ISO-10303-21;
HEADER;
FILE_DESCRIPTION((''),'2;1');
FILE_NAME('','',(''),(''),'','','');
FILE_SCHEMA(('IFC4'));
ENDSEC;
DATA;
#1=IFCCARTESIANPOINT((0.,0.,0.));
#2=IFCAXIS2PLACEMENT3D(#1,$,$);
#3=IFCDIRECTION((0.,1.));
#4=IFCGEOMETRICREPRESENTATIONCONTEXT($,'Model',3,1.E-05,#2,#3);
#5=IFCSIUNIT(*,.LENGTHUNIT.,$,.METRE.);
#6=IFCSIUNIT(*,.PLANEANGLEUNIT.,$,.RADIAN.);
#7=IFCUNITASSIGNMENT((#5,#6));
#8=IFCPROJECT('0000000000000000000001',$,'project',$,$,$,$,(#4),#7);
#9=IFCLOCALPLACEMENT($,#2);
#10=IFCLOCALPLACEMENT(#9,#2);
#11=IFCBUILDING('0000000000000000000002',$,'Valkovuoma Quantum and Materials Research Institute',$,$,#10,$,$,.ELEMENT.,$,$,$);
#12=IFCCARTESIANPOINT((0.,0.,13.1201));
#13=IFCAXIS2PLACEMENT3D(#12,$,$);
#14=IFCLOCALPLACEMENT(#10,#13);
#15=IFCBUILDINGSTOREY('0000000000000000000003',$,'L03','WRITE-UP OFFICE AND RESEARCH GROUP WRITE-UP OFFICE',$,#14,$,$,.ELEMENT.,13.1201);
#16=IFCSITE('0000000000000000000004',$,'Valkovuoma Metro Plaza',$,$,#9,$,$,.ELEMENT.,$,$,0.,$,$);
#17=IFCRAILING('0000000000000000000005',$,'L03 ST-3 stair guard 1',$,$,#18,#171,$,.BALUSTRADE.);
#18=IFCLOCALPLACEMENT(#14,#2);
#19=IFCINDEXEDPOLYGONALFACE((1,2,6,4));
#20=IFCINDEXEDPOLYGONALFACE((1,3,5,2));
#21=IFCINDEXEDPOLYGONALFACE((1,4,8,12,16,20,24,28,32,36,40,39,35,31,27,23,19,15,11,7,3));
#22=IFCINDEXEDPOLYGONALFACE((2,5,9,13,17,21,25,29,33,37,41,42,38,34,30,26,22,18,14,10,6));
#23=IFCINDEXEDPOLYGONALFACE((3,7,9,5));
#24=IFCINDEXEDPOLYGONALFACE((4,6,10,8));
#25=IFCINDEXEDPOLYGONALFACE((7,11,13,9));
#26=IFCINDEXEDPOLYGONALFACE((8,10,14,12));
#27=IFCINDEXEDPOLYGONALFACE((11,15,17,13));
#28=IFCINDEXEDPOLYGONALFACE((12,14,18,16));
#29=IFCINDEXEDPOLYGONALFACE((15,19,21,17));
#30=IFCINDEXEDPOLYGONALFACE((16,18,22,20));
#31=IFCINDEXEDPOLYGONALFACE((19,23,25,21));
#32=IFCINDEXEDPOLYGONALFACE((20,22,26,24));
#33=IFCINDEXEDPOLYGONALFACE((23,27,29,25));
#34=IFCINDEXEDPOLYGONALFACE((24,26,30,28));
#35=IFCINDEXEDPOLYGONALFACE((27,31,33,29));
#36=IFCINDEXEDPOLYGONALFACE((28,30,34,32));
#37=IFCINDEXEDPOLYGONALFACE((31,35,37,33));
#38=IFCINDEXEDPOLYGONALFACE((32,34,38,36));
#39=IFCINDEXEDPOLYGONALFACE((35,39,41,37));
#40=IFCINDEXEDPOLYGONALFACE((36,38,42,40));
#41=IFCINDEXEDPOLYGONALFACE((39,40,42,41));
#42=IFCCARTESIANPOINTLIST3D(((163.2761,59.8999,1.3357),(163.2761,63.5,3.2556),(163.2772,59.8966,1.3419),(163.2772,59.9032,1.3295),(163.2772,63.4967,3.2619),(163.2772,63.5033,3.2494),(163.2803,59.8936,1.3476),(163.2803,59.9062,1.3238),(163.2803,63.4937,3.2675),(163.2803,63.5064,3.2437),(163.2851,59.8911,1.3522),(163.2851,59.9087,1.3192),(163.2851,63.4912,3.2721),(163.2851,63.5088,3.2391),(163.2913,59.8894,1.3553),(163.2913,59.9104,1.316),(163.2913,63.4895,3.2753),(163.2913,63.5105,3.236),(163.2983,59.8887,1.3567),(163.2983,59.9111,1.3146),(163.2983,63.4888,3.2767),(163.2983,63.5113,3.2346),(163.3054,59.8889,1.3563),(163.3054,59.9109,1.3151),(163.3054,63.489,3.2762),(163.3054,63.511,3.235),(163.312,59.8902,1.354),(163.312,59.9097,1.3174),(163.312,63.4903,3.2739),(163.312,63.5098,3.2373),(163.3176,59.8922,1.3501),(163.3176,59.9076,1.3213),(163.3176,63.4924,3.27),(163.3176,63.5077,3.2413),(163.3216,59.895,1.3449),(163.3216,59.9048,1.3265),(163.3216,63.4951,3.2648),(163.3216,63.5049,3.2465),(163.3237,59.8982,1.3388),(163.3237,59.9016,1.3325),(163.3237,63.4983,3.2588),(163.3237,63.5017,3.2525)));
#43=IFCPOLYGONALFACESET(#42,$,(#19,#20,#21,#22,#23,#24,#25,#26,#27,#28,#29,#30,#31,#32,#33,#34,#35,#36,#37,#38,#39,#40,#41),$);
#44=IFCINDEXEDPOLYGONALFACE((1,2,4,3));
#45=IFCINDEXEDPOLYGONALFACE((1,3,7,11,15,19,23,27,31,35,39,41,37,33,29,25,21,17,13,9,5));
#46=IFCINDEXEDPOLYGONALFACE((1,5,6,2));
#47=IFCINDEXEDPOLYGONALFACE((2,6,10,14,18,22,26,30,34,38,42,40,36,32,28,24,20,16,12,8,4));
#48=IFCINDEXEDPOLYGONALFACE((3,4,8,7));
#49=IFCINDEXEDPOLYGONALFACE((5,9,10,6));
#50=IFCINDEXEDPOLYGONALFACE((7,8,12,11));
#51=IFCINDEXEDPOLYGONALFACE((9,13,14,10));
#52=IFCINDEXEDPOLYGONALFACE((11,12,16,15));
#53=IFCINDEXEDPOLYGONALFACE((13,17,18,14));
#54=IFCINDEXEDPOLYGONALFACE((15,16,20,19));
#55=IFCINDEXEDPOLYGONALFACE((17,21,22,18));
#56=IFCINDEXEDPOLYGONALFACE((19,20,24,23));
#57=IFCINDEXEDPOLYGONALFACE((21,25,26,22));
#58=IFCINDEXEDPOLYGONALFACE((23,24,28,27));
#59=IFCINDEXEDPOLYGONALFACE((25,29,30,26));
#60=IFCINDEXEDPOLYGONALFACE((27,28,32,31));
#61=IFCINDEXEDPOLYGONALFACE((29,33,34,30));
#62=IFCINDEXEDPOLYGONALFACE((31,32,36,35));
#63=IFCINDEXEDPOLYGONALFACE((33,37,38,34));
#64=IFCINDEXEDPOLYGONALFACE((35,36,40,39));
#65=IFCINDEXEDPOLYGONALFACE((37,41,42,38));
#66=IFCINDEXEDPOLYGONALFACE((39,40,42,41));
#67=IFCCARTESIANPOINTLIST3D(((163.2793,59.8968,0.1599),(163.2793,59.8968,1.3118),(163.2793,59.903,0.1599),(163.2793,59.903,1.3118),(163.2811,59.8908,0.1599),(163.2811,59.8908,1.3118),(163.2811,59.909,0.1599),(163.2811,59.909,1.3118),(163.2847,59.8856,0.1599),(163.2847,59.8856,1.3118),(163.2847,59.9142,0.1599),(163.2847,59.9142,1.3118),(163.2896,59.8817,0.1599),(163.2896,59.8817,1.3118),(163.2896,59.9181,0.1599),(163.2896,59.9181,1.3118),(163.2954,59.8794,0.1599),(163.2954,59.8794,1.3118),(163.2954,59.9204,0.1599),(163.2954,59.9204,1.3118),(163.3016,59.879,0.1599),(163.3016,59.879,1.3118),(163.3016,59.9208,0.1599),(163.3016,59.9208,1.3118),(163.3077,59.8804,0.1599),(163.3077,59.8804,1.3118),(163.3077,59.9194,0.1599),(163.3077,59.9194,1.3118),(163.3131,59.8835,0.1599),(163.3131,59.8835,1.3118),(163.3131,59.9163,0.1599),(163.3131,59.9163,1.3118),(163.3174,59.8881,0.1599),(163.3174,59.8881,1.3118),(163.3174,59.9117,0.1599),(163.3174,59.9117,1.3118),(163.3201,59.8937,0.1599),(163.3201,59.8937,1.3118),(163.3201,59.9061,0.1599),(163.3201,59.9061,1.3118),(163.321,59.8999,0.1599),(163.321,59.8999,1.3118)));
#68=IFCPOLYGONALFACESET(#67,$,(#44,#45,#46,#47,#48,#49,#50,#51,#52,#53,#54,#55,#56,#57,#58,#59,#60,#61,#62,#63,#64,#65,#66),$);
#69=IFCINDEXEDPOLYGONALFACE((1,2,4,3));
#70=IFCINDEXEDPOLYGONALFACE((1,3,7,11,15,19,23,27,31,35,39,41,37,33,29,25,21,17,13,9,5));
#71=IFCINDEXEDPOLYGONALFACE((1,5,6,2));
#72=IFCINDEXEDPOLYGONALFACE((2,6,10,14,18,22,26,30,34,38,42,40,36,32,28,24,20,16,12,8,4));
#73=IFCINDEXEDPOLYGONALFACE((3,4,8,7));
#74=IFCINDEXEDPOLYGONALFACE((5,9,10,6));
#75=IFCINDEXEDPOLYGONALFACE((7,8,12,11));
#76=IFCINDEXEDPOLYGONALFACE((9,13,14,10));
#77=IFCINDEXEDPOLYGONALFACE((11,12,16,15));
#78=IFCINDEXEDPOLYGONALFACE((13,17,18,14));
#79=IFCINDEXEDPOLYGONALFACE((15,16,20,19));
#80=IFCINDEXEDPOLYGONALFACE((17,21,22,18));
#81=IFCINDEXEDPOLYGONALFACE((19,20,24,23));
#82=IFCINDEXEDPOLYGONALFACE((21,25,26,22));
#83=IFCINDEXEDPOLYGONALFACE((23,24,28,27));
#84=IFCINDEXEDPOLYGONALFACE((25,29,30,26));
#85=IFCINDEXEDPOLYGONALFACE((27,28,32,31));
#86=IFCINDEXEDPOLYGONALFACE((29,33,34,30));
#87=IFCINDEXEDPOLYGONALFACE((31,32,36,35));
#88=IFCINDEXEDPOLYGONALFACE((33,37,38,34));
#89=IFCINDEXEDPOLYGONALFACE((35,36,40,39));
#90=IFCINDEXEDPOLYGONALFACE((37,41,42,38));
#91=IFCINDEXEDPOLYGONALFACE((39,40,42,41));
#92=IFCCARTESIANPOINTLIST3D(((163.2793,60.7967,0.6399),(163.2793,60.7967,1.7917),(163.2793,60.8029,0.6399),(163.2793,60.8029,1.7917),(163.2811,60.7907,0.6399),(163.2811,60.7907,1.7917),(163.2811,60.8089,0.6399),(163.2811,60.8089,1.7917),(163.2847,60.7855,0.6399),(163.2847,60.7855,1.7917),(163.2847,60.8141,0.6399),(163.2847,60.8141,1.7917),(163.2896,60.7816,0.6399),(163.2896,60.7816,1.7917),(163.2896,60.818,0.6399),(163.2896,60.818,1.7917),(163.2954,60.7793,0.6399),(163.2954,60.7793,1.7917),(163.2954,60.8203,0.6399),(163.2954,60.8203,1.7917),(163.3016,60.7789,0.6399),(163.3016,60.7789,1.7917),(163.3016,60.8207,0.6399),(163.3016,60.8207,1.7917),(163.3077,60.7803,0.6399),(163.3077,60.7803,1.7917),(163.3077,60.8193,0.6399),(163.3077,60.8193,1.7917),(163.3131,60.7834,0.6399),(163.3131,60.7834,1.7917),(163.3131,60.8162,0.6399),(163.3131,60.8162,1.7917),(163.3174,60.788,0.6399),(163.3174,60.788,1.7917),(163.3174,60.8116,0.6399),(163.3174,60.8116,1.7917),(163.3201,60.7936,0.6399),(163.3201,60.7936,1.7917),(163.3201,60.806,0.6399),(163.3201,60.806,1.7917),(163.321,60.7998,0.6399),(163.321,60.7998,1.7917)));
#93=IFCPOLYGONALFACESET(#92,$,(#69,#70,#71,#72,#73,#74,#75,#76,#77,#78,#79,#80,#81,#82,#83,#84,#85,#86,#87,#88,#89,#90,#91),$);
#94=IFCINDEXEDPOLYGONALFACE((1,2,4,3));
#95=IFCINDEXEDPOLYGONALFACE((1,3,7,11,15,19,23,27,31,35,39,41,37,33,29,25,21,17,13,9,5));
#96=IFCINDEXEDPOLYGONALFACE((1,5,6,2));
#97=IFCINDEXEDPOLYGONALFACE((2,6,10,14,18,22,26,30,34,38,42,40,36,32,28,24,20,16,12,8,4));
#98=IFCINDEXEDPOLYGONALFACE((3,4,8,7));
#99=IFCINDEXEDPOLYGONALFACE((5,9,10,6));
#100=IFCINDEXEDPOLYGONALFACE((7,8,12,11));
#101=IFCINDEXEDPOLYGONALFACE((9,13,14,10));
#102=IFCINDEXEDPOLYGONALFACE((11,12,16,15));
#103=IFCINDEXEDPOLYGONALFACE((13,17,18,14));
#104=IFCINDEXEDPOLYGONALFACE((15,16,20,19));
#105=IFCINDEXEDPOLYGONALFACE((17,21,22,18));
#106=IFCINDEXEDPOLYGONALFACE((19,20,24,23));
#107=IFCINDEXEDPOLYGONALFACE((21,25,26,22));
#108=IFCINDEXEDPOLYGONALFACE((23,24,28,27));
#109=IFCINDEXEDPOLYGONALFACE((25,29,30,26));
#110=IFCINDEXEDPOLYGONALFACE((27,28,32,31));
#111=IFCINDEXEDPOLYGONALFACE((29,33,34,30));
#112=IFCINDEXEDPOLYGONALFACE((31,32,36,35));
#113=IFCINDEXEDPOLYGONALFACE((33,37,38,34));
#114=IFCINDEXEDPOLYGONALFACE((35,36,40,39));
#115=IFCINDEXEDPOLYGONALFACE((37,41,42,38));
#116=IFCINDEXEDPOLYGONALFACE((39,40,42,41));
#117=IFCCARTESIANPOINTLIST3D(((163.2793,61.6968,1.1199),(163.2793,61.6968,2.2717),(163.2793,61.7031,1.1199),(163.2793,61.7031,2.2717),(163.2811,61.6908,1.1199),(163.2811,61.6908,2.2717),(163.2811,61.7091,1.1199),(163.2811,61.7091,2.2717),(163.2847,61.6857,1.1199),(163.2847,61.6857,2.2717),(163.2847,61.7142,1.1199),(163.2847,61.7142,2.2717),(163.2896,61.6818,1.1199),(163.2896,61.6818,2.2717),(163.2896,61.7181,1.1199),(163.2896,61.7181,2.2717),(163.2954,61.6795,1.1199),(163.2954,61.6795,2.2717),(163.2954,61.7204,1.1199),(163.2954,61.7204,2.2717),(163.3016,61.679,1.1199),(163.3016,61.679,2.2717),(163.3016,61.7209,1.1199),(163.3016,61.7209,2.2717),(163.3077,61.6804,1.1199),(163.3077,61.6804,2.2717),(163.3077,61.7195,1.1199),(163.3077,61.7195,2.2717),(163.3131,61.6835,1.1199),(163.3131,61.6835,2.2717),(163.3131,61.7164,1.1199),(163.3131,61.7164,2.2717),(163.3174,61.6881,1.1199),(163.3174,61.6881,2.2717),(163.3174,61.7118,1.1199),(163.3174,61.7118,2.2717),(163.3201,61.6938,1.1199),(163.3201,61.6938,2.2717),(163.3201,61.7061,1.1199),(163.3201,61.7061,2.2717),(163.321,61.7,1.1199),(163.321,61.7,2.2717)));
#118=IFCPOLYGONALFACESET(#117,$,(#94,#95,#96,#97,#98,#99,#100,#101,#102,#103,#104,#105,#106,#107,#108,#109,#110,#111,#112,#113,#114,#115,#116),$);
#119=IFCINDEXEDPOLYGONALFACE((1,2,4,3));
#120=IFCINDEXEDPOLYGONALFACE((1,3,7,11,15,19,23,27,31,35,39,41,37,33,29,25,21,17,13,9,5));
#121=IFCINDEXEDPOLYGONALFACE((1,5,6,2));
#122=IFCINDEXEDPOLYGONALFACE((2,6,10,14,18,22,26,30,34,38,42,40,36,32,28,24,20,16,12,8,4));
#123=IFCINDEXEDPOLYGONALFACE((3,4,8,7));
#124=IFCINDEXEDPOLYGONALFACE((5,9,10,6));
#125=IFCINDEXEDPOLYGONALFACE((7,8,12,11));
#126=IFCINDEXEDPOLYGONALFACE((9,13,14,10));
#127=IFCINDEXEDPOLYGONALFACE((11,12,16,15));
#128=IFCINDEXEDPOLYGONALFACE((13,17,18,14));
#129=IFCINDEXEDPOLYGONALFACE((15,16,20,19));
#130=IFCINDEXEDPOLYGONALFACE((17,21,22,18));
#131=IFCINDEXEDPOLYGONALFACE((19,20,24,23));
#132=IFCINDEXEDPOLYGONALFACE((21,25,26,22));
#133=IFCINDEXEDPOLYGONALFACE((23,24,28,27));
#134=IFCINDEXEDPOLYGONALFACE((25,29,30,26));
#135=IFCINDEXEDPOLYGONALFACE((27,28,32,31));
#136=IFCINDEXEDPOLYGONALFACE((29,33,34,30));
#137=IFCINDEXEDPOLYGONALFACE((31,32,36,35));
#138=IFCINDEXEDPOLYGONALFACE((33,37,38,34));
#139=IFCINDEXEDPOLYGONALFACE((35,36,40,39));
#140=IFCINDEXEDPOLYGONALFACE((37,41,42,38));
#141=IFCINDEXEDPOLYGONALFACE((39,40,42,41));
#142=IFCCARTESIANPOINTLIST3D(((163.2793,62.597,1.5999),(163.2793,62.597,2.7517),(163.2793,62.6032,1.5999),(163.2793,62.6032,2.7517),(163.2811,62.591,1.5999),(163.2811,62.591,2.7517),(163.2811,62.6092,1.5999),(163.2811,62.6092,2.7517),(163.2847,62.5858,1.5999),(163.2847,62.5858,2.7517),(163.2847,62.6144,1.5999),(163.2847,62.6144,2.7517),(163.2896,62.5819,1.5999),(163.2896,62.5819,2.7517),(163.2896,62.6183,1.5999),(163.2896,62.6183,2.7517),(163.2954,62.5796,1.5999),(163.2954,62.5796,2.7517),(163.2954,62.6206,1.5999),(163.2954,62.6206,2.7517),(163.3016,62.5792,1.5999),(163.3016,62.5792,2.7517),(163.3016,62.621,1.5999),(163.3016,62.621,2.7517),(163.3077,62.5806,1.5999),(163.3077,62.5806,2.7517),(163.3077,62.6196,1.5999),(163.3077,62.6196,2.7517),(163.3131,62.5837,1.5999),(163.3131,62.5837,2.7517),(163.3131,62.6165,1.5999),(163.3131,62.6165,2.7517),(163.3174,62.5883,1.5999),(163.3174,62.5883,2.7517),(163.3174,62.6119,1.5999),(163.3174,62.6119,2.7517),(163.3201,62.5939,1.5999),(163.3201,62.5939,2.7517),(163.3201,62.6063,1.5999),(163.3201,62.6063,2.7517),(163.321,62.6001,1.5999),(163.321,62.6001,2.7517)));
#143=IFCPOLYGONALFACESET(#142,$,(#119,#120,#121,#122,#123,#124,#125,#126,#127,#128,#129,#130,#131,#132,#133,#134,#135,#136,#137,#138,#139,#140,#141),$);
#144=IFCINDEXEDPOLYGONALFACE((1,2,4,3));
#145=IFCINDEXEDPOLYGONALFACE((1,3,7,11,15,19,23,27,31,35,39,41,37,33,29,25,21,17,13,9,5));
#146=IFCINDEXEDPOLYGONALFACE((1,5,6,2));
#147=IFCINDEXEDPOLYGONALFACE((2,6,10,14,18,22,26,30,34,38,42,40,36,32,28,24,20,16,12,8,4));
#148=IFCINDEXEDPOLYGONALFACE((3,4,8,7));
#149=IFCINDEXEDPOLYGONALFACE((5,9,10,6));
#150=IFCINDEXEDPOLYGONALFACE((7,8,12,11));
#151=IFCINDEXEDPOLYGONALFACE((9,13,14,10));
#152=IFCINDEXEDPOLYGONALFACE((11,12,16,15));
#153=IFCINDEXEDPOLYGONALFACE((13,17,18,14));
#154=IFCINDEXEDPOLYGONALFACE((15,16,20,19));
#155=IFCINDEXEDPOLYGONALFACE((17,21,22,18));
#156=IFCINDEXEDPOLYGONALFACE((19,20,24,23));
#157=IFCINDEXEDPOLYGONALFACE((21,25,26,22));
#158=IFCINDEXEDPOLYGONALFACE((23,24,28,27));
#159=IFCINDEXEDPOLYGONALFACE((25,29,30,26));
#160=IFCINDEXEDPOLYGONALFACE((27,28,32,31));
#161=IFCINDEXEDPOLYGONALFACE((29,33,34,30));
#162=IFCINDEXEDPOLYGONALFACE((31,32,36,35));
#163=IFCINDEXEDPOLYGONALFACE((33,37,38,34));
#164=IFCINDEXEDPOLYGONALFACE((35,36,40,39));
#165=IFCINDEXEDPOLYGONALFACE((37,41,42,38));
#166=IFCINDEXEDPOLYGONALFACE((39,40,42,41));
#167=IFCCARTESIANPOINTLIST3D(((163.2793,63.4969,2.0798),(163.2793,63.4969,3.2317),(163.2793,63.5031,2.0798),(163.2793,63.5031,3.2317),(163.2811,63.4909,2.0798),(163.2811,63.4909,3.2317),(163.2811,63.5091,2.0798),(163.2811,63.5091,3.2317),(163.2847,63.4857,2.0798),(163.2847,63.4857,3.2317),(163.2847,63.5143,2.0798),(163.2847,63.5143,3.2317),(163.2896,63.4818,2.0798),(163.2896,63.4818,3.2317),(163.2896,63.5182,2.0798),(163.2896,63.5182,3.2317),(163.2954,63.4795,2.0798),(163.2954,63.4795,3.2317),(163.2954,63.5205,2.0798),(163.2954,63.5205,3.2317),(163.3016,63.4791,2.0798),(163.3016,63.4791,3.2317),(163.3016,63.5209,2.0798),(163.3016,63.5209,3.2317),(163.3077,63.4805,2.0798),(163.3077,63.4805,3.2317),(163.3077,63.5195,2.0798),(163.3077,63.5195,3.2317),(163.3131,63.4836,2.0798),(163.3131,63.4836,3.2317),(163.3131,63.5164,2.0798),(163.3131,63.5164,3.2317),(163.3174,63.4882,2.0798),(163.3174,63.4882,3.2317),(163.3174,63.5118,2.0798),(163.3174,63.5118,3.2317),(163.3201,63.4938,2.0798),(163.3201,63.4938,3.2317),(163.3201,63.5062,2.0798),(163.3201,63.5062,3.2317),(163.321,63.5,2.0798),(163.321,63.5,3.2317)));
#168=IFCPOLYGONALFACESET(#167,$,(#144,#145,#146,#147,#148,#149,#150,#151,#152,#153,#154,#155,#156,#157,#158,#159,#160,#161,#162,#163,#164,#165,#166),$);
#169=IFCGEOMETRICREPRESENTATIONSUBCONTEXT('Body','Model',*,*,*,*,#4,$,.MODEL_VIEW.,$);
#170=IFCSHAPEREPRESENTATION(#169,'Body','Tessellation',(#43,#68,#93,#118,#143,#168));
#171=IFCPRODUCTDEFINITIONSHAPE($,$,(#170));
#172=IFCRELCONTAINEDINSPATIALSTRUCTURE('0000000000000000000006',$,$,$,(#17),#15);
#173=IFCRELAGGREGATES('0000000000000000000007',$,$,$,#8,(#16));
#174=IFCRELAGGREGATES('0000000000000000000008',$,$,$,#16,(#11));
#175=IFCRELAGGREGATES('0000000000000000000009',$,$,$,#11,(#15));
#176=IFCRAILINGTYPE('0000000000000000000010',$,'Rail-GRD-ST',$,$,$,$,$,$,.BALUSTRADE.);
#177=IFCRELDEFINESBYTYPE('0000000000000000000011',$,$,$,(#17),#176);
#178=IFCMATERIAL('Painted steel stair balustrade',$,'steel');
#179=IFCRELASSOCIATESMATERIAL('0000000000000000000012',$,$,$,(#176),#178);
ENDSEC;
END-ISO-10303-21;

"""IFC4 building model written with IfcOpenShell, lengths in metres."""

from ifc_helpers import new_model, si_unit, direction, frame, origin, origin_2d, place, context, subcontext, project, spatial, circle, extrude, material, type_object, element, save


model = new_model("IFC4")

# Units and contexts
model_context = context("Model", 3, precision=1e-05, world=origin(), true_north=direction((0.0, 1.0)))
body_context = subcontext(model_context, "Body", "Model", "MODEL_VIEW")
ifc_project = project(units=[si_unit("LENGTHUNIT", "METRE"), si_unit("PLANEANGLEUNIT", "RADIAN")], contexts=[model_context])

# Site, building, storey
site_placement = place(None, origin())
site = spatial("IfcSite", under=ifc_project, at=site_placement, Name="Valkovuoma Metro Plaza", CompositionType="ELEMENT", RefElevation=0.0)
building_placement = place(site_placement, origin())
building = spatial("IfcBuilding", under=site, at=building_placement, Name="Valkovuoma Quantum and Materials Research Institute", CompositionType="ELEMENT")
storey_placement = place(building_placement, frame((0.0, 0.0, 13.1201)))
storey = spatial("IfcBuildingStorey", under=building, at=storey_placement, Name="L03", Description="WRITE-UP OFFICE AND RESEARCH GROUP WRITE-UP OFFICE", CompositionType="ELEMENT", Elevation=13.1201)

# Railing
ifc_material_1 = material(Name="Painted steel stair balustrade", Category="steel")
railing_type_1 = type_object("IfcRailingType", Name="Rail-GRD-ST", PredefinedType="BALUSTRADE", material=ifc_material_1)
railing_1_placement = place(storey_placement, frame((163.3, 59.8999, 0.1599)))
element("IfcRailing", 1, at=railing_1_placement, inside=storey, type_object=railing_type_1, Name="L03 ST-3 stair guard 1", PredefinedType="BALUSTRADE", context=body_context, shape_type="SweptSolid", body=[
    extrude(circle(Radius=0.0239, at=origin_2d()), frame((0.0, 0.0, 1.1758), z_axis=(0.0, 0.882366, 0.470563), x_axis=(-1.0, 0.0, 0.0)), (0.0, 0.0, 1.0), 4.0801),
    extrude(circle(Radius=0.021, at=origin_2d()), origin(), (0.0, 0.0, 1.0), 1.1519),
    extrude(circle(Radius=0.021, at=origin_2d()), frame((0.0, 0.8999, 0.48)), (0.0, 0.0, 1.0), 1.1519),
    extrude(circle(Radius=0.021, at=origin_2d()), frame((0.0, 1.8, 0.96)), (0.0, 0.0, 1.0), 1.1519),
    extrude(circle(Radius=0.021, at=origin_2d()), frame((0.0, 2.7002, 1.4399)), (0.0, 0.0, 1.0), 1.1519),
    extrude(circle(Radius=0.021, at=origin_2d()), frame((0.0, 3.6001, 1.9199)), (0.0, 0.0, 1.0), 1.1519),
])

save(model, "model.ifc")
